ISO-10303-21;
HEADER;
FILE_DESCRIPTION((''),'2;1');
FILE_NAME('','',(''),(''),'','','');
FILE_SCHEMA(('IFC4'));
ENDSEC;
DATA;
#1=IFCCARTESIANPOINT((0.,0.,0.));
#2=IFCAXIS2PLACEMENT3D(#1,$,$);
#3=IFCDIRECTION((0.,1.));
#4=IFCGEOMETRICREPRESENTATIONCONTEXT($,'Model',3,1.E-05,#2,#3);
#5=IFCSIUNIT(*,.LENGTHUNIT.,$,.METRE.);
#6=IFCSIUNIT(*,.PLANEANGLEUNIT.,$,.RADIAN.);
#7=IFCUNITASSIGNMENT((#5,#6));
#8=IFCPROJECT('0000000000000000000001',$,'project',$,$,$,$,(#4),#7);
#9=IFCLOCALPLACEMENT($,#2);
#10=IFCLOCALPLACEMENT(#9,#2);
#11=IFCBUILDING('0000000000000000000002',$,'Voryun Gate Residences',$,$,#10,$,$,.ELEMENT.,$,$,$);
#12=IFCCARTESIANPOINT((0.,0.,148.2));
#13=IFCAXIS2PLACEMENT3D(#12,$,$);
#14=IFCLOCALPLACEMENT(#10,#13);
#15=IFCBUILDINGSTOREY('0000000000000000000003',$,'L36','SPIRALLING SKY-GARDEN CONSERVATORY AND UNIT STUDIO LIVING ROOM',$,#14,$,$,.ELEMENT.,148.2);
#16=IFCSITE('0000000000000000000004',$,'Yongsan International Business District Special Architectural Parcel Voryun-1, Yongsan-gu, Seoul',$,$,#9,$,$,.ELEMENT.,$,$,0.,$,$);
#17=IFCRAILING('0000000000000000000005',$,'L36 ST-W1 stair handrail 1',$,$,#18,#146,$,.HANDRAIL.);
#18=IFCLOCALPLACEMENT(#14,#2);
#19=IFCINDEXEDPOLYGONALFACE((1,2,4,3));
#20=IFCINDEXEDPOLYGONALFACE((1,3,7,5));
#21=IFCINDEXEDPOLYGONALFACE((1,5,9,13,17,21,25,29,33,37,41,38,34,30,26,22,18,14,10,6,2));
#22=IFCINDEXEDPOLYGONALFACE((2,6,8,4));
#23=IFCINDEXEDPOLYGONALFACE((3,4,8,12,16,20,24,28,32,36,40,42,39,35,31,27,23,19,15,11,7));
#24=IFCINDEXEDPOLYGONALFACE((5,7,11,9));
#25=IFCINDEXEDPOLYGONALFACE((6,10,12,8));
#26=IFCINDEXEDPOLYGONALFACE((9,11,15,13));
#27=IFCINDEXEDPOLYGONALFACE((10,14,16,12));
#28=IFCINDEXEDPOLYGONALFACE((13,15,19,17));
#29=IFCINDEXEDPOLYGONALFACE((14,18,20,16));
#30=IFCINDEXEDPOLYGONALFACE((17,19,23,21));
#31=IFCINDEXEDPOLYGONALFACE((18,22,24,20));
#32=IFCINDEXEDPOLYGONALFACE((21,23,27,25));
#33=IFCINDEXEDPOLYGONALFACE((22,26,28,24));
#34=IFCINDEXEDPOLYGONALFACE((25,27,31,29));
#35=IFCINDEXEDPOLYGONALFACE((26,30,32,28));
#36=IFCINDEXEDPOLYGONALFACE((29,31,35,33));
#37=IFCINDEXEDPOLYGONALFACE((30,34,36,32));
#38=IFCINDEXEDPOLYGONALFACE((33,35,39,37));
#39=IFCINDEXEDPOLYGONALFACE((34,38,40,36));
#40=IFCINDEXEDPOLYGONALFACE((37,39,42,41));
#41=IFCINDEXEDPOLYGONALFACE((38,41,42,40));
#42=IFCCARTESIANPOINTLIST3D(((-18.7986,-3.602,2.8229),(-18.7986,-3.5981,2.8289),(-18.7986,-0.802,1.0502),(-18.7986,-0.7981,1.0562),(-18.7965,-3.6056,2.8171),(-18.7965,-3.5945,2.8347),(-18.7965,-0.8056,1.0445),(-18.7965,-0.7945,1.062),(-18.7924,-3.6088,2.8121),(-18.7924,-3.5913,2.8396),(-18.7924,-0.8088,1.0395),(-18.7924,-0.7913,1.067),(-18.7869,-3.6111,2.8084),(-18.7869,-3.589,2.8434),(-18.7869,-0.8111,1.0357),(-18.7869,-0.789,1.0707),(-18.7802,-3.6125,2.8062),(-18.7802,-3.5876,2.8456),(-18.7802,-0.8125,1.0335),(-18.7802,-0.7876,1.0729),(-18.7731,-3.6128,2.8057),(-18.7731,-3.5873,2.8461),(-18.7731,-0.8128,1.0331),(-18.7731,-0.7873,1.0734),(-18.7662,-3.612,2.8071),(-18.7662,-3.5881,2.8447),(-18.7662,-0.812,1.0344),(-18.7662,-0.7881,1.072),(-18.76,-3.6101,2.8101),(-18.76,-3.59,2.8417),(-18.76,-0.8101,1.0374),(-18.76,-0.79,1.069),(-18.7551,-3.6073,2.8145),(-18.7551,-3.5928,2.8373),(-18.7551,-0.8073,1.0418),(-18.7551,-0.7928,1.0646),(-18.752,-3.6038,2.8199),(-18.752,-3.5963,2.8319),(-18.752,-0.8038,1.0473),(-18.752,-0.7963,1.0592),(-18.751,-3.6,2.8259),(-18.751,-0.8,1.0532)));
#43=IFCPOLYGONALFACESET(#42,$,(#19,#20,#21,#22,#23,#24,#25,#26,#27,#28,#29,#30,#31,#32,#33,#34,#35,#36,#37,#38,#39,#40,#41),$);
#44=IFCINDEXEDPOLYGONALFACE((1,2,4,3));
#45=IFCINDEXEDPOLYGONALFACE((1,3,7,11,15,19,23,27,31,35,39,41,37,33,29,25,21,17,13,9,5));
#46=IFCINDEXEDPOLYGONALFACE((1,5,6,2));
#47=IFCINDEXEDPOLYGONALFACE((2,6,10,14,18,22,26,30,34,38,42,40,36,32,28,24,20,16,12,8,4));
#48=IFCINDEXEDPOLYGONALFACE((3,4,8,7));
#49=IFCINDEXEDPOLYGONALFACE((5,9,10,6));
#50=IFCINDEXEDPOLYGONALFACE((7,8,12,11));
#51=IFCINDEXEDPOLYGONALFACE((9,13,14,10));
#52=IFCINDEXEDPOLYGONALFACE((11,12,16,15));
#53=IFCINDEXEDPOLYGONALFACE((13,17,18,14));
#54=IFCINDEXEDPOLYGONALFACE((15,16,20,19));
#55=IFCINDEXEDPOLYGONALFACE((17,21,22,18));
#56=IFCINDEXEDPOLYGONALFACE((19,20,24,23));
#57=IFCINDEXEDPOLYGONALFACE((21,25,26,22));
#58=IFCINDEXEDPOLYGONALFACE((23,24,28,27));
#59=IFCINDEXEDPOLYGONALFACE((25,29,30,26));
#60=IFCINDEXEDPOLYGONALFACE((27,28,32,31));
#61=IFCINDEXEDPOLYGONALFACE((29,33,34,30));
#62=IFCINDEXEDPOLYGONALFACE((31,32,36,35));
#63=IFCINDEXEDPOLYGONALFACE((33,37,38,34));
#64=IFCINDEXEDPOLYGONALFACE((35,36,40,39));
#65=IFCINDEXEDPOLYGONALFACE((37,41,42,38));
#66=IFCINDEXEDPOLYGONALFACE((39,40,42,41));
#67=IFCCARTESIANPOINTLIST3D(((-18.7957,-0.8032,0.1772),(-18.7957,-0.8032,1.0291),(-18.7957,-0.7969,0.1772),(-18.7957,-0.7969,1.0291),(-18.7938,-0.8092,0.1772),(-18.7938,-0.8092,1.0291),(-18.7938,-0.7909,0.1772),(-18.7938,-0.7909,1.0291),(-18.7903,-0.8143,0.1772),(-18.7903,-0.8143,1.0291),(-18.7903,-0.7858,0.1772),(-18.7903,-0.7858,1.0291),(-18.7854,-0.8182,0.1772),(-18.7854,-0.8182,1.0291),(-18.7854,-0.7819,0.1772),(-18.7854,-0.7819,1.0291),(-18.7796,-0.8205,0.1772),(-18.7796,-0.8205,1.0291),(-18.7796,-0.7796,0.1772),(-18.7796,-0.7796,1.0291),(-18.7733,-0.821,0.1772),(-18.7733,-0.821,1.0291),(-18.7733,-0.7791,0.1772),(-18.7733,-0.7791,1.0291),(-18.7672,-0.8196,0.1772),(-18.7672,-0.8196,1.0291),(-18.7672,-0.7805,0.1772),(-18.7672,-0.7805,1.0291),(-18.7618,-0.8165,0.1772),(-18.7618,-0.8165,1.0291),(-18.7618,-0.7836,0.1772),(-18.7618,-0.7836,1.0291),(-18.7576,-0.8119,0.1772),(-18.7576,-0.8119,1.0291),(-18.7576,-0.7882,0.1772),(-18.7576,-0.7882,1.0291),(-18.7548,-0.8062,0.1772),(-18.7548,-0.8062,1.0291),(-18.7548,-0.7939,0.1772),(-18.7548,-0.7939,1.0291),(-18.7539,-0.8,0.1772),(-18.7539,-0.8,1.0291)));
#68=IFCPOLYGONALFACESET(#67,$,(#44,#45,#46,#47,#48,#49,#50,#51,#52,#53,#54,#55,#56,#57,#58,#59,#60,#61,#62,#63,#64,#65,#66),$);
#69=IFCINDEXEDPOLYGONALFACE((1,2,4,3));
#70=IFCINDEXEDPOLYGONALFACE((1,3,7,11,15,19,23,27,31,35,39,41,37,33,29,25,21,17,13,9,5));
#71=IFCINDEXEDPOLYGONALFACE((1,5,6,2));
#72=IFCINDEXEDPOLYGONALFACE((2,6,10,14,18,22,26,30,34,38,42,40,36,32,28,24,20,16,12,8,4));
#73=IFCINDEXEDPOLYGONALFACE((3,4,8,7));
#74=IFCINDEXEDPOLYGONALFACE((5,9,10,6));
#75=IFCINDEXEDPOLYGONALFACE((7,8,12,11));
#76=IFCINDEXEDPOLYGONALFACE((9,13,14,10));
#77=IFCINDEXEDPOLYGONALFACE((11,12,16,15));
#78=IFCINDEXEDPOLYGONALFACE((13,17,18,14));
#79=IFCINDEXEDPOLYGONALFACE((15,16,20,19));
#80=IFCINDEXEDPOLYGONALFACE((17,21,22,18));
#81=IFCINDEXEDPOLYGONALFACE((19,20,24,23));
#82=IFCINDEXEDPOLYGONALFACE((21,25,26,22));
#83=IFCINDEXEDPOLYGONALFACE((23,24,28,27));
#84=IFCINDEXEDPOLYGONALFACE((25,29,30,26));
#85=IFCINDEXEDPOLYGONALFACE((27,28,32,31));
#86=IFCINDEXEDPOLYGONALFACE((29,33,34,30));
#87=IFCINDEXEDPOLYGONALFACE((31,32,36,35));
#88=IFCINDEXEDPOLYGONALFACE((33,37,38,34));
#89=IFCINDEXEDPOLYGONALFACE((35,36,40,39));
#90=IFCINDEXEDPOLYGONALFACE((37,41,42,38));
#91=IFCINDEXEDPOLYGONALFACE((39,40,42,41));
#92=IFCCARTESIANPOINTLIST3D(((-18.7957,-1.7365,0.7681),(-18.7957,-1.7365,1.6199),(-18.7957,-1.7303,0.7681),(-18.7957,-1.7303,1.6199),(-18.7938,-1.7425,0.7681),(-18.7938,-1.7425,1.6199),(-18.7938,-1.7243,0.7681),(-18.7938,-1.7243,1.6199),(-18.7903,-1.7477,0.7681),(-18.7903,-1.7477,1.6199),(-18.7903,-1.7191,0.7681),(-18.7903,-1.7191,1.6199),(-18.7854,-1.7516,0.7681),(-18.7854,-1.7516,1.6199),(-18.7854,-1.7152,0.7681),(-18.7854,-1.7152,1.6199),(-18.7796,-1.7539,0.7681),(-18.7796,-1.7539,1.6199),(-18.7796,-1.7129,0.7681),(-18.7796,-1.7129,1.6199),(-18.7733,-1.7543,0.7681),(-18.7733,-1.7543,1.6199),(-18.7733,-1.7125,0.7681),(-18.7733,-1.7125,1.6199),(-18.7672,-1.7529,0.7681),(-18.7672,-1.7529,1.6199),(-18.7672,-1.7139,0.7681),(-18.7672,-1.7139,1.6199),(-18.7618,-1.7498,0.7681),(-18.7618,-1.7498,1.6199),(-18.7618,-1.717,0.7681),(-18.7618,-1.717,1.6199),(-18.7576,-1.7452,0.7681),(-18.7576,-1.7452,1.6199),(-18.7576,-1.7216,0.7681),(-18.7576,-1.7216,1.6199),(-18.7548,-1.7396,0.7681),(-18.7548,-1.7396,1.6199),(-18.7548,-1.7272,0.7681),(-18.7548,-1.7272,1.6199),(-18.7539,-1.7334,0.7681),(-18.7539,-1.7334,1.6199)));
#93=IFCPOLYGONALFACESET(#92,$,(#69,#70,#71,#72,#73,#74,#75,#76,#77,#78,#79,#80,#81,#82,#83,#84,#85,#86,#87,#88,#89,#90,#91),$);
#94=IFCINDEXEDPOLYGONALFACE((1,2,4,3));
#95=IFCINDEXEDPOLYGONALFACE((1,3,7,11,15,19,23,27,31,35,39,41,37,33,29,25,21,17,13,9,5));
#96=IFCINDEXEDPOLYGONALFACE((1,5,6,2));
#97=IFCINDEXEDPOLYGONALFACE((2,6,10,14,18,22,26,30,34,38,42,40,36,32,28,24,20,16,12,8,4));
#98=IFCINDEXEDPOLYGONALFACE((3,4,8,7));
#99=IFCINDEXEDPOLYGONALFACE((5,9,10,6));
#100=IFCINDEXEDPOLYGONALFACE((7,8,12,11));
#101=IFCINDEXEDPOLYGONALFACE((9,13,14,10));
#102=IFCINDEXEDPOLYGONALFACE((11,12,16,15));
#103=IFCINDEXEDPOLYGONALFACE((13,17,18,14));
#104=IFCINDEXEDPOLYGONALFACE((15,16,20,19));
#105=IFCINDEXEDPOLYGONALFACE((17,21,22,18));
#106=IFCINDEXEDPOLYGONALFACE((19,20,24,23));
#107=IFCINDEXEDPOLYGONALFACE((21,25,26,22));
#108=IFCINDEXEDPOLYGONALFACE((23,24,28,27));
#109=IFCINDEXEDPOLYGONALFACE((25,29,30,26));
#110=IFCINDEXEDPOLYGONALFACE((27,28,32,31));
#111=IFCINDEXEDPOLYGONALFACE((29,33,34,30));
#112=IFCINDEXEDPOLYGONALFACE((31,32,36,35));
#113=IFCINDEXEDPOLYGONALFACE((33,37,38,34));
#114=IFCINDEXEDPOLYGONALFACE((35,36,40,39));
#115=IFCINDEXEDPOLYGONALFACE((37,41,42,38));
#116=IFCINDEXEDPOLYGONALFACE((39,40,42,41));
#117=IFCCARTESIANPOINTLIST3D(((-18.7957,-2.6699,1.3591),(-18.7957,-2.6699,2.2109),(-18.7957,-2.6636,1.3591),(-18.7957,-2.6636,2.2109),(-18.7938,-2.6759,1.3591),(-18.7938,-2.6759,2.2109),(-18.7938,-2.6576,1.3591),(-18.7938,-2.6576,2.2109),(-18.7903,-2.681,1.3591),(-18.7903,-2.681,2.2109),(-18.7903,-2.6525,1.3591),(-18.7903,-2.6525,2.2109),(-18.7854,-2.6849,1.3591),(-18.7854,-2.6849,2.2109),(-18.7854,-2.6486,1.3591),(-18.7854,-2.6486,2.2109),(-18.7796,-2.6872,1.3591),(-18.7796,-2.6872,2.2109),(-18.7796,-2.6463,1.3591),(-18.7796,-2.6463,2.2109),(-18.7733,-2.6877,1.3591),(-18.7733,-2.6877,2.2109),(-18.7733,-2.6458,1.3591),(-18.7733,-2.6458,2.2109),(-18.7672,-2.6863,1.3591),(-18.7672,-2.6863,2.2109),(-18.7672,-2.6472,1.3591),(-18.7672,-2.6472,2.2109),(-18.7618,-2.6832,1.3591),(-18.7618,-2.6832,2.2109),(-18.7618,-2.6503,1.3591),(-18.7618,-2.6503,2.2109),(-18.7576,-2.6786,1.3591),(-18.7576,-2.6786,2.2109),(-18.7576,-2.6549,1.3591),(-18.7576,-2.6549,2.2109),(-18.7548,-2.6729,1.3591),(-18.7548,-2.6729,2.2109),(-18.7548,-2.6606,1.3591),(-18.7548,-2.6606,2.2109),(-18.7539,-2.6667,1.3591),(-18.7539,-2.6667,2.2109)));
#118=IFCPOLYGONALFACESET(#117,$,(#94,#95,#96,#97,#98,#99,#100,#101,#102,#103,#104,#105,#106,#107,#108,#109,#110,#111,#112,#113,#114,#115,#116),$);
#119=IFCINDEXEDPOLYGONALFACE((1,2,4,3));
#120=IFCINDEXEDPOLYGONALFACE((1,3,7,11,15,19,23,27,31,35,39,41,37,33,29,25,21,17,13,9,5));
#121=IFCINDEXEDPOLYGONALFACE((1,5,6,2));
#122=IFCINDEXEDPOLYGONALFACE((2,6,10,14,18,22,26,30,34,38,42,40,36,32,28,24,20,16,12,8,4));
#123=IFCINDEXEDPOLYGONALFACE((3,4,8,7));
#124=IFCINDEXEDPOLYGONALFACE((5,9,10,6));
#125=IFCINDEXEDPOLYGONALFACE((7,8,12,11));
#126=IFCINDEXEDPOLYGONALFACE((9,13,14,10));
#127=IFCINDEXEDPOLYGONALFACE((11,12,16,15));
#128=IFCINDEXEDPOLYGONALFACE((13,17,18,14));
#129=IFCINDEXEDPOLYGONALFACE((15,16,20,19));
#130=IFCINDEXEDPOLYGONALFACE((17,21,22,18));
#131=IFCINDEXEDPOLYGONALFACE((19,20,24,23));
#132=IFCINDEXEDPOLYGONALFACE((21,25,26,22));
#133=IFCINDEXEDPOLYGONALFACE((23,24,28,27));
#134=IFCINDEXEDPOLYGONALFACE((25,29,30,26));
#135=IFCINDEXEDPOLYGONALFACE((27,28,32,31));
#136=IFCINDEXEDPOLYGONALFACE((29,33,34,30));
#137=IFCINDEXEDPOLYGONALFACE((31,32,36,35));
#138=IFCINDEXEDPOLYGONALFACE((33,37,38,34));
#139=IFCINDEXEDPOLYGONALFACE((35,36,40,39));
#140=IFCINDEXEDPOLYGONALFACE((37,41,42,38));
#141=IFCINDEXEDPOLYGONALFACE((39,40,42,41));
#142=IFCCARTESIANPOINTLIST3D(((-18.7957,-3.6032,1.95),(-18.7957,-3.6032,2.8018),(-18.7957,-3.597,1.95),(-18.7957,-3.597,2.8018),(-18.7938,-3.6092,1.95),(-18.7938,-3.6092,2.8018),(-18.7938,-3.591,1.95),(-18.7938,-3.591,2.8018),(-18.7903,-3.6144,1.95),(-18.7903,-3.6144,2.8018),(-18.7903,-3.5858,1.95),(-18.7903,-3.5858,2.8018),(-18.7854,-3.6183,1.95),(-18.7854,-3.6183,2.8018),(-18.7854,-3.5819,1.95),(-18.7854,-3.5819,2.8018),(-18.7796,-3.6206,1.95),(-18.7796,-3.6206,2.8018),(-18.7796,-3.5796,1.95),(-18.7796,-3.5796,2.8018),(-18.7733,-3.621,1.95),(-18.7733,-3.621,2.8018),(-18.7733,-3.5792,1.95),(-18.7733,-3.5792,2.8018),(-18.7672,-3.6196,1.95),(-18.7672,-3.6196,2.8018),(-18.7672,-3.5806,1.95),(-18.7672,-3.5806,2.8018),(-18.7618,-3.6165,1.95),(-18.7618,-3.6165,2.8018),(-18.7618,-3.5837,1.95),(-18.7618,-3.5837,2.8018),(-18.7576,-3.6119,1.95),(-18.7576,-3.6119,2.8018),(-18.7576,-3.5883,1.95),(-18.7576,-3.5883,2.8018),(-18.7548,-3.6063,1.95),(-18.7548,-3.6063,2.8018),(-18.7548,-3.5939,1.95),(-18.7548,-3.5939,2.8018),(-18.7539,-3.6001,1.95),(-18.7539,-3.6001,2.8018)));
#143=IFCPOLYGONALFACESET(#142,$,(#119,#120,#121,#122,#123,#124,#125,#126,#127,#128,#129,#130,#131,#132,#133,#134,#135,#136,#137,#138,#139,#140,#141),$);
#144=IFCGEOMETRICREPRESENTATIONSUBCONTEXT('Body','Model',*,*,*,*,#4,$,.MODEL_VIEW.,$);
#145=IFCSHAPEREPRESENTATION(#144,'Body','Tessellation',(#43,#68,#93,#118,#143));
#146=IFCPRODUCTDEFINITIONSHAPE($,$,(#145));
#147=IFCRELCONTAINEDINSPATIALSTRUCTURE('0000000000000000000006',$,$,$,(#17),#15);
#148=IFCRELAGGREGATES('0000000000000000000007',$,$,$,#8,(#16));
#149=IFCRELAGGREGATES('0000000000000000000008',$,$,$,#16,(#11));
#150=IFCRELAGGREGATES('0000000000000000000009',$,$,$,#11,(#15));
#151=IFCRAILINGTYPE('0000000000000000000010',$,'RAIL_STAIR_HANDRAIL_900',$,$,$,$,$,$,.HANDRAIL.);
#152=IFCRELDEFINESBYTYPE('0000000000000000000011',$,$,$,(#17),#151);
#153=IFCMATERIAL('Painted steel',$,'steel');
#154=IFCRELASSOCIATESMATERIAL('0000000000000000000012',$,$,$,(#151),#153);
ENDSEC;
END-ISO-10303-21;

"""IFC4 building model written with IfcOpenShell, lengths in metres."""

from ifc_helpers import new_model, si_unit, direction, frame, origin, origin_2d, place, context, subcontext, project, spatial, circle, extrude, material, type_object, element, save


model = new_model("IFC4")

# Units and contexts
model_context = context("Model", 3, precision=1e-05, world=origin(), true_north=direction((0.0, 1.0)))
body_context = subcontext(model_context, "Body", "Model", "MODEL_VIEW")
ifc_project = project(units=[si_unit("LENGTHUNIT", "METRE"), si_unit("PLANEANGLEUNIT", "RADIAN")], contexts=[model_context])

# Site, building, storey
site_placement = place(None, origin())
site = spatial("IfcSite", under=ifc_project, at=site_placement, Name="Yongsan International Business District Special Architectural Parcel Voryun-1, Yongsan-gu, Seoul", CompositionType="ELEMENT", RefElevation=0.0)
building_placement = place(site_placement, origin())
building = spatial("IfcBuilding", under=site, at=building_placement, Name="Voryun Gate Residences", CompositionType="ELEMENT")
storey_placement = place(building_placement, frame((0.0, 0.0, 148.2)))
storey = spatial("IfcBuildingStorey", under=building, at=storey_placement, Name="L36", Description="SPIRALLING SKY-GARDEN CONSERVATORY AND UNIT STUDIO LIVING ROOM", CompositionType="ELEMENT", Elevation=148.2)

# Railing
ifc_material_1 = material(Name="Painted steel", Category="steel")
railing_type_1 = type_object("IfcRailingType", Name="RAIL_STAIR_HANDRAIL_900", PredefinedType="HANDRAIL", material=ifc_material_1)
railing_1_placement = place(storey_placement, frame((-18.7749, -0.8, 0.1772)))
element("IfcRailing", 1, at=railing_1_placement, inside=storey, type_object=railing_type_1, Name="L36 ST-W1 stair handrail 1", PredefinedType="HANDRAIL", context=body_context, shape_type="SweptSolid", body=[
    extrude(circle(Radius=0.0239, at=origin_2d()), frame((0.0, 0.0, 0.876), z_axis=(0.0, -0.844909, 0.53491), x_axis=(1.0, 0.0, 0.0)), (0.0, 0.0, 1.0), 3.314),
    extrude(circle(Radius=0.021, at=origin_2d()), origin(), (0.0, 0.0, 1.0), 0.8518),
    extrude(circle(Radius=0.021, at=origin_2d()), frame((0.0, -0.9333, 0.5908)), (0.0, 0.0, 1.0), 0.8518),
    extrude(circle(Radius=0.021, at=origin_2d()), frame((0.0, -1.8667, 1.1819)), (0.0, 0.0, 1.0), 0.8518),
    extrude(circle(Radius=0.021, at=origin_2d()), frame((0.0, -2.8, 1.7727)), (0.0, 0.0, 1.0), 0.8518),
])

save(model, "model.ifc")
